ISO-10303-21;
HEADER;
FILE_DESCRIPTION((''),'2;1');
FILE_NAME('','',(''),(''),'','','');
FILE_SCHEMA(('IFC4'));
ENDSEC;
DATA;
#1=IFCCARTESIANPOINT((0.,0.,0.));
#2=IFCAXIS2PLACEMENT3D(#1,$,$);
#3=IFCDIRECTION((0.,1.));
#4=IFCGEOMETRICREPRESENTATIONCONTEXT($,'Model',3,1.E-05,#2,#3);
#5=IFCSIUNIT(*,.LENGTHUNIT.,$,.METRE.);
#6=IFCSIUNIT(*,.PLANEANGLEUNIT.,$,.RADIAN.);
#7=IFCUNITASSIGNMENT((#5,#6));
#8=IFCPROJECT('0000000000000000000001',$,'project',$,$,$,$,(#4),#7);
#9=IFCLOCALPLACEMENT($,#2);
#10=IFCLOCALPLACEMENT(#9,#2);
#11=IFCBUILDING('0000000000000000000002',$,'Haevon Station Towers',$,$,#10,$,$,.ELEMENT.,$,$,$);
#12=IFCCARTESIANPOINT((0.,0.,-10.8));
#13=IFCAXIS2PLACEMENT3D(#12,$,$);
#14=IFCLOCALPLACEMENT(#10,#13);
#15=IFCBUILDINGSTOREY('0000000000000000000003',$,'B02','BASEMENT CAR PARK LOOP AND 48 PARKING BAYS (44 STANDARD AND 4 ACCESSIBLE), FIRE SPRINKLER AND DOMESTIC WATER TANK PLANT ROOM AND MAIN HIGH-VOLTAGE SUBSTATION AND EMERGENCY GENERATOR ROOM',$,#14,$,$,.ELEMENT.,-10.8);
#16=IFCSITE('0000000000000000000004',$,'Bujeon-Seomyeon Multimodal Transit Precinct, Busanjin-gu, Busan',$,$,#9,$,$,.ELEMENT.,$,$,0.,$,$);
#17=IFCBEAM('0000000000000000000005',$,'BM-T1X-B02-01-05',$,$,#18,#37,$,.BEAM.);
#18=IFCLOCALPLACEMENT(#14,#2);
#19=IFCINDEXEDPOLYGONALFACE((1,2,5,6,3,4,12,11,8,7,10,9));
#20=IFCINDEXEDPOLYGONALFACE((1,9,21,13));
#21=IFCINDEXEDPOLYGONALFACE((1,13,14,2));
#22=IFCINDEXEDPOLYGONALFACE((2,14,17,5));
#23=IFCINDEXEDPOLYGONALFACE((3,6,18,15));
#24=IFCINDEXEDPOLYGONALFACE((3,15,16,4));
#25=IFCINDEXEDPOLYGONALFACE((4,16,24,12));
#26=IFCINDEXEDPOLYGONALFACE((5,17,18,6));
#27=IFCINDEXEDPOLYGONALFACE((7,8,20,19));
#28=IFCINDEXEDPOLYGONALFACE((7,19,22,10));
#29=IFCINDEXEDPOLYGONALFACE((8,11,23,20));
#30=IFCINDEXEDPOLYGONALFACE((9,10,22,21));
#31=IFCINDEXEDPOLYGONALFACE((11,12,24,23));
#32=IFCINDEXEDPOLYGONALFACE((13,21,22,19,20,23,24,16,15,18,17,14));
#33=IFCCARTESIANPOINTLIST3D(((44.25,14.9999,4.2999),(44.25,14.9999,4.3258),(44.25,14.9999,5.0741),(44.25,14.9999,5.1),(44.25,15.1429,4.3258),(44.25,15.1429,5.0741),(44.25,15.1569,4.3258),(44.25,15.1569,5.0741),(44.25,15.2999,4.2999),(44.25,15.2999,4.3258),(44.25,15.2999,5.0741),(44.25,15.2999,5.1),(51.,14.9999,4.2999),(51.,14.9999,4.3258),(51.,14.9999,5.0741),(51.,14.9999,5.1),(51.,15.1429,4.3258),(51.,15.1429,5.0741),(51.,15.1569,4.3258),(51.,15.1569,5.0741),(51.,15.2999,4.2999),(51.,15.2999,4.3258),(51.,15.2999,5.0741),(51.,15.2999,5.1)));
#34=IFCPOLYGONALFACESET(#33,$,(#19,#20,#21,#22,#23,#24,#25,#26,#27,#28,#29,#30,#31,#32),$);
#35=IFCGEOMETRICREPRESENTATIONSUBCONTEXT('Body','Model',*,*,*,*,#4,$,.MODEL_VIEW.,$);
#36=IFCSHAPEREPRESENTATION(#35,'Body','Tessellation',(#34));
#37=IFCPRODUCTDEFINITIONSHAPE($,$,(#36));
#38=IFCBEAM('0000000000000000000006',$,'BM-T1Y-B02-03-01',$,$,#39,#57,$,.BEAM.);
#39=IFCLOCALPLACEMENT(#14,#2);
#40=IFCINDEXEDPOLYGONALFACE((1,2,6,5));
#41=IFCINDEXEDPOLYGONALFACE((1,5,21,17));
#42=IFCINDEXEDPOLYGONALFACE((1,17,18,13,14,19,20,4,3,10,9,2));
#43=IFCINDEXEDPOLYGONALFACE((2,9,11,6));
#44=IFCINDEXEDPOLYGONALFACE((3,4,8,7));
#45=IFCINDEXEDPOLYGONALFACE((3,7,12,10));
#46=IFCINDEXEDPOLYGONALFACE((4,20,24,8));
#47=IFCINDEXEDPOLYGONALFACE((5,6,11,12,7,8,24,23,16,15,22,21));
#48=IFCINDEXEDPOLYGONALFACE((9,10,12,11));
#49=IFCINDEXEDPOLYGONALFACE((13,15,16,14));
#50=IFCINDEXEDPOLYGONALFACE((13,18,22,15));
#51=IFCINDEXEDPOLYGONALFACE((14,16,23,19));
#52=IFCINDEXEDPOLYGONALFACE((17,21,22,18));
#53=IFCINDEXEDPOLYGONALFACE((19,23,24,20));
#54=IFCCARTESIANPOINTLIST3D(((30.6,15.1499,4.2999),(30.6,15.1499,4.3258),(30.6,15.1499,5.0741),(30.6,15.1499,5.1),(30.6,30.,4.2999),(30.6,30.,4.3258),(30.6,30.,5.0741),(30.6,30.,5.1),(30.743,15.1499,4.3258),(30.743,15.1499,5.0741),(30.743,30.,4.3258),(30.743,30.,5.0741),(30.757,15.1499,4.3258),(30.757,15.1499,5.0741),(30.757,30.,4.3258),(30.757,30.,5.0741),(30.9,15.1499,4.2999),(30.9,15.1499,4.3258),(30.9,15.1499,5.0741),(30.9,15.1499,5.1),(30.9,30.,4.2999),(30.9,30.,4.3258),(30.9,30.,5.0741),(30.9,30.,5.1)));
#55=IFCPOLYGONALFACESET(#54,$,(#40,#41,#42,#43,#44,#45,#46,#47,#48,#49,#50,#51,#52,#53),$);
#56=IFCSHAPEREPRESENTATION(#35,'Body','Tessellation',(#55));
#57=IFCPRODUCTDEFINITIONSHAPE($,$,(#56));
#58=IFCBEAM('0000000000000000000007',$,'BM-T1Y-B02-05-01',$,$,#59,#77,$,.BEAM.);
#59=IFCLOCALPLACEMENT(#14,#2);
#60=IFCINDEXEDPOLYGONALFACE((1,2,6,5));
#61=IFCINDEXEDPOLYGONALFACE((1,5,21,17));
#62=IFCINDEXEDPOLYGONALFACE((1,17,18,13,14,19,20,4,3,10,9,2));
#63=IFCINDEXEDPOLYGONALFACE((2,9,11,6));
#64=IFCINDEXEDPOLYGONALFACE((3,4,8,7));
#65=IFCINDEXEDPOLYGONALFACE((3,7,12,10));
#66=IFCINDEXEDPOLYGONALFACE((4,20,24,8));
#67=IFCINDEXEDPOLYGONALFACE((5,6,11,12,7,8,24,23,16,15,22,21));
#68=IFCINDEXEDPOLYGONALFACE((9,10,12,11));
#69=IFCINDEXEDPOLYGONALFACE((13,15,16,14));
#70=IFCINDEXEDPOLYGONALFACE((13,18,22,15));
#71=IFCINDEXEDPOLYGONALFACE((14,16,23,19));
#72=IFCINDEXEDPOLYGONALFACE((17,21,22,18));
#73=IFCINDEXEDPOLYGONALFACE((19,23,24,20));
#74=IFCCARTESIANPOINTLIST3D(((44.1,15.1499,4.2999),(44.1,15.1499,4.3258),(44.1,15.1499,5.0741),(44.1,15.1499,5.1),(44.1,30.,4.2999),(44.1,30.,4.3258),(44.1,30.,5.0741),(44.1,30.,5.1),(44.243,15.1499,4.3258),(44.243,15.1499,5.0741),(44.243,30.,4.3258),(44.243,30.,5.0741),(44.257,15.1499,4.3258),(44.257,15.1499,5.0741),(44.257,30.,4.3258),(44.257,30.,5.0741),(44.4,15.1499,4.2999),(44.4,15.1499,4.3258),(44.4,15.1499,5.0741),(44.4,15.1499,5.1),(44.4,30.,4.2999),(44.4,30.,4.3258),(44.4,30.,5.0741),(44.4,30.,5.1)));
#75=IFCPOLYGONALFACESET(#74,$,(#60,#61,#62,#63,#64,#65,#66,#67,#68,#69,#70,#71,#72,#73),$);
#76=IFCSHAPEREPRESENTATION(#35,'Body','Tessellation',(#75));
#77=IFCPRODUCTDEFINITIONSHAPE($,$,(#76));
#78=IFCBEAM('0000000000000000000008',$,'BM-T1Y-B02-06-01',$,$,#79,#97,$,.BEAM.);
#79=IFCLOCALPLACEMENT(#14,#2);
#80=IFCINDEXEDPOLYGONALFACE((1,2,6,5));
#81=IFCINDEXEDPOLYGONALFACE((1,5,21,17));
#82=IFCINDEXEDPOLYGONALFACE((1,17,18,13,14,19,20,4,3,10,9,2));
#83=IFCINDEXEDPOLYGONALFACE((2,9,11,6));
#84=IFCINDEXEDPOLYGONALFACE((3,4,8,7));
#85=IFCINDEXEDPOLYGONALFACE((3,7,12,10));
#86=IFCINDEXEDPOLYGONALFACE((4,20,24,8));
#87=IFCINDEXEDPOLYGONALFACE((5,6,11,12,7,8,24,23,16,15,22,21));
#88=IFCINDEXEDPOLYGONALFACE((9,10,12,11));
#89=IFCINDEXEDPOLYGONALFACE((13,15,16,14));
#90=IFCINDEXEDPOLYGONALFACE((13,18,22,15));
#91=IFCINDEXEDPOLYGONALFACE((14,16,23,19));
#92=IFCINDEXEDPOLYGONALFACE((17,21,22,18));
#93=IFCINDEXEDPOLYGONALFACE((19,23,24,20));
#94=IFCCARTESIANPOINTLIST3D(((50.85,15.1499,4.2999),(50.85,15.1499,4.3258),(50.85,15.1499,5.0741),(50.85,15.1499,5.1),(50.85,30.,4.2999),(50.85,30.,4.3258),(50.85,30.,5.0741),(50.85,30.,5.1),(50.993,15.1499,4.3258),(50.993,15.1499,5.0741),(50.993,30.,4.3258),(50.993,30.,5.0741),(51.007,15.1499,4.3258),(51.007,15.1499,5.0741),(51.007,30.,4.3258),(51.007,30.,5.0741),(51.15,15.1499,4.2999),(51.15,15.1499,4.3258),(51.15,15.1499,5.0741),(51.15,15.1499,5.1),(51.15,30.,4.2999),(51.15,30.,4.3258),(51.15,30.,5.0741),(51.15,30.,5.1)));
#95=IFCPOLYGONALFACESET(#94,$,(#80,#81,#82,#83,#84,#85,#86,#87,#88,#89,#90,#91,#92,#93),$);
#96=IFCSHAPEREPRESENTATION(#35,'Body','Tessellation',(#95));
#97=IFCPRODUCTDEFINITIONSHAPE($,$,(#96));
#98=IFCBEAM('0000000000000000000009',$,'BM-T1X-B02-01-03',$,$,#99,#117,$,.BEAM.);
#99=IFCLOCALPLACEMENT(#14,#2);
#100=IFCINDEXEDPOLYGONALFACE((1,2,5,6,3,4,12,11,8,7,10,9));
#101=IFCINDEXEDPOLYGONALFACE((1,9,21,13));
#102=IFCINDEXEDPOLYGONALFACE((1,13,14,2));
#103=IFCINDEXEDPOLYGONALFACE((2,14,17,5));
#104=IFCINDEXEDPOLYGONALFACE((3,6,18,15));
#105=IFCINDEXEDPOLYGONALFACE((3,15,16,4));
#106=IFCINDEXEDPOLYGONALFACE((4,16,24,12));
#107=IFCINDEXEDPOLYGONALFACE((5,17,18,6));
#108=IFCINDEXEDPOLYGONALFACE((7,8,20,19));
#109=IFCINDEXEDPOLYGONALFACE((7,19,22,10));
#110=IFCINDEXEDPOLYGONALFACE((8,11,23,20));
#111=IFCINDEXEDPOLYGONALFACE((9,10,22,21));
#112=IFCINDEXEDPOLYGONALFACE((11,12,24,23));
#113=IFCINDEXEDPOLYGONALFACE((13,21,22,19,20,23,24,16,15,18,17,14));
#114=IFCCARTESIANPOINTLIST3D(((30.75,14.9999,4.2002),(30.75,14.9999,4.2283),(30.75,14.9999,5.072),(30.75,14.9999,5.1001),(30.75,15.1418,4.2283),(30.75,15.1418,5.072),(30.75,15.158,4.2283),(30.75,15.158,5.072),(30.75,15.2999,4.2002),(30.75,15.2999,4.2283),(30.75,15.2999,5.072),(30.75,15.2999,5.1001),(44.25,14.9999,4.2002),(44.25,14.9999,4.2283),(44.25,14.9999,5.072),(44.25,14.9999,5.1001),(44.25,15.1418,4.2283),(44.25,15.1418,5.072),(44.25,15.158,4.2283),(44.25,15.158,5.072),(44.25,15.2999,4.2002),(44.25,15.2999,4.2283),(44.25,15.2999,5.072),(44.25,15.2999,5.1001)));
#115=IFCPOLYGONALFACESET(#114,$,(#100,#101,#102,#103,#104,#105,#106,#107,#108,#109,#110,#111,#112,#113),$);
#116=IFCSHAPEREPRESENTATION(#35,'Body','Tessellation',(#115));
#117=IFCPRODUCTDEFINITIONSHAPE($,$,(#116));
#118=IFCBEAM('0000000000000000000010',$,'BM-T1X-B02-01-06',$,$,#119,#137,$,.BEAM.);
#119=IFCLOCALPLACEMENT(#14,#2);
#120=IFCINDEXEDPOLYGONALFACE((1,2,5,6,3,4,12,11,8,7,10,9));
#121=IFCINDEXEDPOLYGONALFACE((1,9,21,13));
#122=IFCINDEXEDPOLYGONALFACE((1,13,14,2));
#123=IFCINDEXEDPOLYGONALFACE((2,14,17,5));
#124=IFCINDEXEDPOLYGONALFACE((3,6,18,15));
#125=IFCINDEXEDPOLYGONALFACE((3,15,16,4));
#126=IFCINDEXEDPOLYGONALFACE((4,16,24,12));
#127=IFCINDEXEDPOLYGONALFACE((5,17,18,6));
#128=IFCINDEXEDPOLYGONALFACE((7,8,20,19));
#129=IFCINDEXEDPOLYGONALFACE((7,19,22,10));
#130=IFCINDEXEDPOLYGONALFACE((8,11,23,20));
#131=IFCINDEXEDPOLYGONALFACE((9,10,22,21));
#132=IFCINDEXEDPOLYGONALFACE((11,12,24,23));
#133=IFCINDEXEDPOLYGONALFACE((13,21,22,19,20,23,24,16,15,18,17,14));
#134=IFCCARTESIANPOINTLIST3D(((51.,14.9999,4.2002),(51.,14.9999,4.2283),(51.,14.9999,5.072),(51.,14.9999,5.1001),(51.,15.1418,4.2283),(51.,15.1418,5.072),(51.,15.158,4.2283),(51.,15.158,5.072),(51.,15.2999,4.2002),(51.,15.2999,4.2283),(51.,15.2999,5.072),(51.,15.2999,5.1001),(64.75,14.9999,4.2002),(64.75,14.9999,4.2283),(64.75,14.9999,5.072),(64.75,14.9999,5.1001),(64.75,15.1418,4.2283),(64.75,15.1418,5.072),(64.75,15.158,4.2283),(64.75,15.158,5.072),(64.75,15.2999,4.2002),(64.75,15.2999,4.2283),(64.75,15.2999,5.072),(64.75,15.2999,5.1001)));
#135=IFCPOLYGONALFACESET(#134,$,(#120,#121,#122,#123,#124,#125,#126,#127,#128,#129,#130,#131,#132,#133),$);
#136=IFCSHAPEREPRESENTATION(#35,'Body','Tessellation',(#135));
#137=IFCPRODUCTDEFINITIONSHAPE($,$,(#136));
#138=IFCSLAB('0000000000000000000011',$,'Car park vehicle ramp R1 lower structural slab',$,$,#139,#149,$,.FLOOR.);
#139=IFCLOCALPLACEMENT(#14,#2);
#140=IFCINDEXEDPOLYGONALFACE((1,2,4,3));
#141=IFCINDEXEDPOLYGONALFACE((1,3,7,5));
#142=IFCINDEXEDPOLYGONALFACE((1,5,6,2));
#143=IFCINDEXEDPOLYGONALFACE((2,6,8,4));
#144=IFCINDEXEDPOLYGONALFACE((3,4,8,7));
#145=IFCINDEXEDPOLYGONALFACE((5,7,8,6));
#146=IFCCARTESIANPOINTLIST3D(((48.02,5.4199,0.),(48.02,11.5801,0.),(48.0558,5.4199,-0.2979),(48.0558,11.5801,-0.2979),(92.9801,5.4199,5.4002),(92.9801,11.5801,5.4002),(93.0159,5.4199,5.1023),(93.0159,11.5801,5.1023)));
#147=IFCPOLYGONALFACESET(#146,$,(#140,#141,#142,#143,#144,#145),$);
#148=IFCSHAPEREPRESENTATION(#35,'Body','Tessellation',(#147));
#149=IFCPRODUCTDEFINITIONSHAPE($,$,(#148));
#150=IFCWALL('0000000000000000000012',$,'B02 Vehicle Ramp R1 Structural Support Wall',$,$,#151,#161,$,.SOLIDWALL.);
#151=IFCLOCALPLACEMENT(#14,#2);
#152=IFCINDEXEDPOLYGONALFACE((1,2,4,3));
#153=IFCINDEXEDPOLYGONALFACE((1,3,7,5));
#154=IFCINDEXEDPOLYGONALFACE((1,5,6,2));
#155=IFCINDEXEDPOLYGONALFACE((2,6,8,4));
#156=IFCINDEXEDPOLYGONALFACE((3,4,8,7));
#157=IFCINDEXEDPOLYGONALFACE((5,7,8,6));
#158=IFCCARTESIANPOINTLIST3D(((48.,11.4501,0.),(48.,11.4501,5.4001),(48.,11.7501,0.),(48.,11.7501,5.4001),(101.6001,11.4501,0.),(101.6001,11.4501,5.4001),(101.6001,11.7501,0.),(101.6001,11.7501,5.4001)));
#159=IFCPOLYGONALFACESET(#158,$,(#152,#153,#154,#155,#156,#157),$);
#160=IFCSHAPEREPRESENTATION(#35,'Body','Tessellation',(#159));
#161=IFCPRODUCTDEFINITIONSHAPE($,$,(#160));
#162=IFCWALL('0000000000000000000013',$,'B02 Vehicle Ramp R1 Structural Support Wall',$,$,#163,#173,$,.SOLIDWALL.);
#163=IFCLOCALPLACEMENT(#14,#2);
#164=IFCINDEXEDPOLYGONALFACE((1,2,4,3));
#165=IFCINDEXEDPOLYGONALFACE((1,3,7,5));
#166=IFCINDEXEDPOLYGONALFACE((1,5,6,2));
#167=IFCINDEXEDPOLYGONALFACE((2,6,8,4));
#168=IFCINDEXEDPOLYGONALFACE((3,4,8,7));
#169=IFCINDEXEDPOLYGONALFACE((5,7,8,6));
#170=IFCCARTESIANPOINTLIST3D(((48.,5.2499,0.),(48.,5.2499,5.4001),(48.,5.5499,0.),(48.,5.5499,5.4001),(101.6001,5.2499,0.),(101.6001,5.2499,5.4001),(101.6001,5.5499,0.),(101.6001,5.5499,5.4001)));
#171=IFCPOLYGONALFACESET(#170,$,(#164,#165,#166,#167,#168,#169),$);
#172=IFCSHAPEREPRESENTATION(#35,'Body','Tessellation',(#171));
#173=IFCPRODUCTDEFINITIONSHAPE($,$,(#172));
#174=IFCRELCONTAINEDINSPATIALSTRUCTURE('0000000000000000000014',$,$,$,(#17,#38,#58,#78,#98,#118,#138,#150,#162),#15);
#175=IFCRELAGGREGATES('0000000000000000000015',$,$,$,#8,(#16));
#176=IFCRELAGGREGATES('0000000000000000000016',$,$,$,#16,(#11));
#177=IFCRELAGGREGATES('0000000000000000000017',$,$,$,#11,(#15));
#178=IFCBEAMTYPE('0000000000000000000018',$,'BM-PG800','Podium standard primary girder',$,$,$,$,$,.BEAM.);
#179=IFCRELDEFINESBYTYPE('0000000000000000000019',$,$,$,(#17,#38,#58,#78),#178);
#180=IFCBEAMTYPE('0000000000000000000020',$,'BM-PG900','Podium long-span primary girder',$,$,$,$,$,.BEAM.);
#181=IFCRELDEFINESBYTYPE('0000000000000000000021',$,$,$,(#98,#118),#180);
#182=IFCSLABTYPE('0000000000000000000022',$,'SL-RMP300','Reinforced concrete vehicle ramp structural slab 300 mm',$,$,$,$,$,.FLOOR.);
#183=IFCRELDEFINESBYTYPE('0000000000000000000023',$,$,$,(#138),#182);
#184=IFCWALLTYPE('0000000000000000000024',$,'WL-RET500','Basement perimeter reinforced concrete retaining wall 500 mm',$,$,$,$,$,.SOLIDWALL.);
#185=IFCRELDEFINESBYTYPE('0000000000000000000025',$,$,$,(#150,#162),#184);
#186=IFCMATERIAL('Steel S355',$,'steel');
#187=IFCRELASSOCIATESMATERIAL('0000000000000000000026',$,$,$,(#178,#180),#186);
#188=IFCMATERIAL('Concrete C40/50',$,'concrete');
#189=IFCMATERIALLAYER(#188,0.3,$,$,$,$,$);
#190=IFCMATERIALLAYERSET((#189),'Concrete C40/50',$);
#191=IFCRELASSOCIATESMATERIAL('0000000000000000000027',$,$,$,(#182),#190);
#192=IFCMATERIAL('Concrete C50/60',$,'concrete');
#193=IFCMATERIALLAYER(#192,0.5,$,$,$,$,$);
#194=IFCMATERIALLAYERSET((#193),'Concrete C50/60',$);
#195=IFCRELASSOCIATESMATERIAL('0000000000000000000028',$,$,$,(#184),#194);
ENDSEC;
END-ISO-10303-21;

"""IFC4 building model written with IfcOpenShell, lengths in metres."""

from ifc_helpers import new_model, si_unit, direction, frame, frame_2d, origin, origin_2d, place, context, subcontext, project, spatial, polyline, rectangle, i_section, outline, extrude, material, layer, layer_set, material_profile, profile_set, type_object, element, save


model = new_model("IFC4")

# Units and contexts
model_context = context("Model", 3, precision=1e-05, world=origin(), true_north=direction((0.0, 1.0)))
body_context = subcontext(model_context, "Body", "Model", "MODEL_VIEW")
ifc_project = project(units=[si_unit("LENGTHUNIT", "METRE"), si_unit("PLANEANGLEUNIT", "RADIAN")], contexts=[model_context])

# Site, building, storey
site_placement = place(None, origin())
site = spatial("IfcSite", under=ifc_project, at=site_placement, Name="Bujeon-Seomyeon Multimodal Transit Precinct, Busanjin-gu, Busan", CompositionType="ELEMENT", RefElevation=0.0)
building_placement = place(site_placement, origin())
building = spatial("IfcBuilding", under=site, at=building_placement, Name="Haevon Station Towers", CompositionType="ELEMENT")
storey_placement = place(building_placement, frame((0.0, 0.0, -10.8)))
storey = spatial("IfcBuildingStorey", under=building, at=storey_placement, Name="B02", Description="BASEMENT CAR PARK LOOP AND 48 PARKING BAYS (44 STANDARD AND 4 ACCESSIBLE), FIRE SPRINKLER AND DOMESTIC WATER TANK PLANT ROOM AND MAIN HIGH-VOLTAGE SUBSTATION AND EMERGENCY GENERATOR ROOM", CompositionType="ELEMENT", Elevation=-10.8)

# Shared definitions
ifc_material_1 = material(Name="Concrete C50/60", Category="concrete")

# Beams
ifc_material_2 = material(Name="Steel S355", Category="steel")
ifc_material_profile_1 = material_profile(ifc_material_2, i_section(OverallWidth=0.3, OverallDepth=0.8, WebThickness=0.0139, FlangeThickness=0.0259, at=origin_2d()), Name="H-800x300x14x26")
ifc_profile_set_1 = profile_set([ifc_material_profile_1], Name="Steel S355")
beam_type_1 = type_object("IfcBeamType", Name="BM-PG800", Description="Podium standard primary girder", PredefinedType="BEAM", material=ifc_profile_set_1)
beam_1_placement = place(storey_placement, frame((44.25, 15.1499, 4.7), z_axis=(1.0, 0.0, 0.0), x_axis=(0.0, 1.0, 0.0)))
element("IfcBeam", 1, at=beam_1_placement, inside=storey, type_object=beam_type_1, Name="BM-T1X-B02-01-05", PredefinedType="BEAM", context=body_context, shape_type="SweptSolid", body=[
    extrude(i_section(OverallWidth=0.3, OverallDepth=0.8, WebThickness=0.0139, FlangeThickness=0.0259, at=origin_2d()), origin(), (0.0, 0.0, 1.0), 6.75),
])
for number, where, z_axis, x_axis, name in (
    (2, (30.75, 15.1499, 4.7), (0.0, 1.0, 0.0), (-1.0, 0.0, 0.0), "BM-T1Y-B02-03-01"),
    (3, (44.25, 15.1499, 4.7), (0.0, 1.0, 0.0), (-1.0, 0.0, 0.0), "BM-T1Y-B02-05-01"),
    (4, (51.0, 15.1499, 4.7), (0.0, 1.0, 0.0), (-1.0, 0.0, 0.0), "BM-T1Y-B02-06-01"),
):
    element("IfcBeam", number, at=place(storey_placement, frame(where, z_axis=z_axis, x_axis=x_axis)), inside=storey, type_object=beam_type_1, Name=name, PredefinedType="BEAM", context=body_context, shape_type="SweptSolid", body=[
        extrude(i_section(OverallWidth=0.3, OverallDepth=0.8, WebThickness=0.0139, FlangeThickness=0.0259, at=origin_2d()), origin(), (0.0, 0.0, 1.0), 14.8501),
    ])
ifc_material_profile_2 = material_profile(ifc_material_2, i_section(OverallWidth=0.3, OverallDepth=0.8999, WebThickness=0.0161, FlangeThickness=0.0281, at=origin_2d()), Name="H-900x300x16x28")
ifc_profile_set_2 = profile_set([ifc_material_profile_2], Name="Steel S355")
beam_type_2 = type_object("IfcBeamType", Name="BM-PG900", Description="Podium long-span primary girder", PredefinedType="BEAM", material=ifc_profile_set_2)
beam_2_placement = place(storey_placement, frame((30.75, 15.1499, 4.6501), z_axis=(1.0, 0.0, 0.0), x_axis=(0.0, 1.0, 0.0)))
element("IfcBeam", 5, at=beam_2_placement, inside=storey, type_object=beam_type_2, Name="BM-T1X-B02-01-03", PredefinedType="BEAM", context=body_context, shape_type="SweptSolid", body=[
    extrude(i_section(OverallWidth=0.3, OverallDepth=0.8999, WebThickness=0.0161, FlangeThickness=0.0281, at=origin_2d()), origin(), (0.0, 0.0, 1.0), 13.5),
])
beam_3_placement = place(storey_placement, frame((51.0, 15.1499, 4.6501), z_axis=(1.0, 0.0, 0.0), x_axis=(0.0, 1.0, 0.0)))
element("IfcBeam", 6, at=beam_3_placement, inside=storey, type_object=beam_type_2, Name="BM-T1X-B02-01-06", PredefinedType="BEAM", context=body_context, shape_type="SweptSolid", body=[
    extrude(i_section(OverallWidth=0.3, OverallDepth=0.8999, WebThickness=0.0161, FlangeThickness=0.0281, at=origin_2d()), origin(), (0.0, 0.0, 1.0), 13.75),
])

# Slab
ifc_material_3 = material(Name="Concrete C40/50", Category="concrete")
ifc_layer_1 = layer(ifc_material_3, 0.3)
ifc_layer_set_1 = layer_set([ifc_layer_1], Name="Concrete C40/50")
slab_type = type_object("IfcSlabType", Name="SL-RMP300", Description="Reinforced concrete vehicle ramp structural slab 300 mm", PredefinedType="FLOOR", material=ifc_layer_set_1)
slab_placement = place(storey_placement, frame((48.02, 5.4199, 0.0), z_axis=(-0.119253, 0.0, 0.992864), x_axis=(0.992864, 0.0, 0.119253)))
element("IfcSlab", 7, at=slab_placement, inside=storey, type_object=slab_type, Name="Car park vehicle ramp R1 lower structural slab", PredefinedType="FLOOR", context=body_context, shape_type="SweptSolid", body=[
    extrude(outline(polyline([(0.0, 0.0), (45.2832, 0.0), (45.2832, 6.1602), (0.0, 6.1602), (0.0, 0.0)])), origin(), (0.0, 0.0, -1.0), 0.3),
])

# Walls
ifc_layer_2 = layer(ifc_material_1, 0.5)
ifc_layer_set_2 = layer_set([ifc_layer_2], Name="Concrete C50/60")
wall_type = type_object("IfcWallType", Name="WL-RET500", Description="Basement perimeter reinforced concrete retaining wall 500 mm", PredefinedType="SOLIDWALL", material=ifc_layer_set_2)
for number, where, z_axis, x_axis, name in (
    (8, (48.0, 11.6001, 0.0), (0.0, 0.0, 1.0), (1.0, 0.0, 0.0), "B02 Vehicle Ramp R1 Structural Support Wall"),
    (9, (48.0, 5.3999, 0.0), (0.0, 0.0, 1.0), (1.0, 0.0, 0.0), "B02 Vehicle Ramp R1 Structural Support Wall"),
):
    element("IfcWall", number, at=place(storey_placement, frame(where, z_axis=z_axis, x_axis=x_axis)), inside=storey, type_object=wall_type, Name=name, PredefinedType="SOLIDWALL", context=body_context, shape_type="SweptSolid", body=[
        extrude(rectangle(XDim=53.6001, YDim=0.3, at=frame_2d((26.8, 0.0))), origin(), (0.0, 0.0, 1.0), 5.4001),
    ])

save(model, "model.ifc")
